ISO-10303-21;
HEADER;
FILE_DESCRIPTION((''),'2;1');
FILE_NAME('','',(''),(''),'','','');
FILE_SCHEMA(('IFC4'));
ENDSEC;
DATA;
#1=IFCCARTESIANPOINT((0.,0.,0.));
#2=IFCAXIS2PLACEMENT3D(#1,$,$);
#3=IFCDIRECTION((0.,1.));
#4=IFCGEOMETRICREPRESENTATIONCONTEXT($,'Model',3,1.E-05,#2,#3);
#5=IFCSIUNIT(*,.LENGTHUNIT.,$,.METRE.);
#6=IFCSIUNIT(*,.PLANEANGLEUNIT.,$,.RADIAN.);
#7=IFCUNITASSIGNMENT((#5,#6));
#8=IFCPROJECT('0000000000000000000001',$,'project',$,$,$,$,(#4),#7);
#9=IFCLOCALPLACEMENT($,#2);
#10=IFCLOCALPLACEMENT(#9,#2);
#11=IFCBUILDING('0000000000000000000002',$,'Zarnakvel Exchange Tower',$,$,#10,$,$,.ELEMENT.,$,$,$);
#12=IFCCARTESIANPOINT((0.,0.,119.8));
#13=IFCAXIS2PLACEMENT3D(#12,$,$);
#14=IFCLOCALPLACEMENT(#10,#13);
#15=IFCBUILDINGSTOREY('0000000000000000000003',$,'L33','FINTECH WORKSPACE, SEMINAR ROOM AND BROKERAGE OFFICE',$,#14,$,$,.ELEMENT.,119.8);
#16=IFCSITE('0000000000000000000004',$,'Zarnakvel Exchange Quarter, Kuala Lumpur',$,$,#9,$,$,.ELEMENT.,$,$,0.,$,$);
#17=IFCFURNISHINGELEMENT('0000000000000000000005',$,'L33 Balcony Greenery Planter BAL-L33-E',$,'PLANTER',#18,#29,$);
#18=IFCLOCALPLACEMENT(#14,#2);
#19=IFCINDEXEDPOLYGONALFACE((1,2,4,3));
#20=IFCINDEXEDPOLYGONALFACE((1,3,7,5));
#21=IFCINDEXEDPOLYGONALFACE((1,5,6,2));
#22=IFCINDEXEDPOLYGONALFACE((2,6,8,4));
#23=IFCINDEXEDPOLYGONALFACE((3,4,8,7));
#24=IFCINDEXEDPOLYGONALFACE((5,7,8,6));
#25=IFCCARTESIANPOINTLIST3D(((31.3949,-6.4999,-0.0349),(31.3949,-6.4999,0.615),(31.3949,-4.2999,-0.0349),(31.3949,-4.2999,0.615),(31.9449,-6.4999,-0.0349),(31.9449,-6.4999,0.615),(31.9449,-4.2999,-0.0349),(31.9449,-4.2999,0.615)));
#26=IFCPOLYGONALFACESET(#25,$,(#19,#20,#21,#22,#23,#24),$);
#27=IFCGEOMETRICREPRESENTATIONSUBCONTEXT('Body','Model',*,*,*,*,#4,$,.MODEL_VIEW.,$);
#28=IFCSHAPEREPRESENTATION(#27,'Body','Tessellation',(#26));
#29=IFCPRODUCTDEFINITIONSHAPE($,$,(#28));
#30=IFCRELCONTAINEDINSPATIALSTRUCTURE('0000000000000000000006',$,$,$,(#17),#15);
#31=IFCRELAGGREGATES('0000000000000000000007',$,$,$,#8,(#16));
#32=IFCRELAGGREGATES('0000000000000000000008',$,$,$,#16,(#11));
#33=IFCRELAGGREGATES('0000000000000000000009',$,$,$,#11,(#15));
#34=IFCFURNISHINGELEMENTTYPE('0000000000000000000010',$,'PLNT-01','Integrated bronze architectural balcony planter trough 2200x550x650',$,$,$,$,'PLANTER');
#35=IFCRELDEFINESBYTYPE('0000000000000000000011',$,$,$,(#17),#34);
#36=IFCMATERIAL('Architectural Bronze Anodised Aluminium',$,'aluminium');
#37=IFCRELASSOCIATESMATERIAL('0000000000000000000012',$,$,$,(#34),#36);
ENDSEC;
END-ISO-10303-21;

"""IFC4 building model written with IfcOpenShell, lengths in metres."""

from ifc_helpers import new_model, si_unit, direction, frame, origin, origin_2d, place, context, subcontext, project, spatial, rectangle, extrude, source, transform, mapped, material, type_object, element, save


model = new_model("IFC4")

# Units and contexts
model_context = context("Model", 3, precision=1e-05, world=origin(), true_north=direction((0.0, 1.0)))
body_context = subcontext(model_context, "Body", "Model", "MODEL_VIEW")
ifc_project = project(units=[si_unit("LENGTHUNIT", "METRE"), si_unit("PLANEANGLEUNIT", "RADIAN")], contexts=[model_context])

# Site, building, storey
site_placement = place(None, origin())
site = spatial("IfcSite", under=ifc_project, at=site_placement, Name="Zarnakvel Exchange Quarter, Kuala Lumpur", CompositionType="ELEMENT", RefElevation=0.0)
building_placement = place(site_placement, origin())
building = spatial("IfcBuilding", under=site, at=building_placement, Name="Zarnakvel Exchange Tower", CompositionType="ELEMENT")
storey_placement = place(building_placement, frame((0.0, 0.0, 119.8)))
storey = spatial("IfcBuildingStorey", under=building, at=storey_placement, Name="L33", Description="FINTECH WORKSPACE, SEMINAR ROOM AND BROKERAGE OFFICE", CompositionType="ELEMENT", Elevation=119.8)

# Shared definitions
ifc_material_1 = material(Name="Architectural Bronze Anodised Aluminium", Category="aluminium")

# Furnishing element
furnishing_element_type = type_object("IfcFurnishingElementType", Name="PLNT-01", Description="Integrated bronze architectural balcony planter trough 2200x550x650", ElementType="PLANTER", material=ifc_material_1)
shared_shape_1 = source(origin(), body_context, "Body", "SweptSolid", [
    extrude(rectangle(XDim=2.2, YDim=0.55, at=origin_2d()), origin(), (0.0, 0.0, 1.0), 0.6499),
])
furnishing_placement = place(storey_placement, frame((31.6699, -5.3999, -0.0349), z_axis=(0.0, 0.0, 1.0), x_axis=(0.0, 1.0, 0.0)))
element("IfcFurnishingElement", 1, at=furnishing_placement, inside=storey, type_object=furnishing_element_type, Name="L33 Balcony Greenery Planter BAL-L33-E", ObjectType="PLANTER", context=body_context, shape_type="MappedRepresentation", body=[
    mapped(shared_shape_1, transform((0.0, 0.0, 0.0), x_axis=(1.0, 0.0, 0.0), y_axis=(0.0, 1.0, 0.0), z_axis=(0.0, 0.0, 1.0), scale=1.0)),
])

save(model, "model.ifc")
